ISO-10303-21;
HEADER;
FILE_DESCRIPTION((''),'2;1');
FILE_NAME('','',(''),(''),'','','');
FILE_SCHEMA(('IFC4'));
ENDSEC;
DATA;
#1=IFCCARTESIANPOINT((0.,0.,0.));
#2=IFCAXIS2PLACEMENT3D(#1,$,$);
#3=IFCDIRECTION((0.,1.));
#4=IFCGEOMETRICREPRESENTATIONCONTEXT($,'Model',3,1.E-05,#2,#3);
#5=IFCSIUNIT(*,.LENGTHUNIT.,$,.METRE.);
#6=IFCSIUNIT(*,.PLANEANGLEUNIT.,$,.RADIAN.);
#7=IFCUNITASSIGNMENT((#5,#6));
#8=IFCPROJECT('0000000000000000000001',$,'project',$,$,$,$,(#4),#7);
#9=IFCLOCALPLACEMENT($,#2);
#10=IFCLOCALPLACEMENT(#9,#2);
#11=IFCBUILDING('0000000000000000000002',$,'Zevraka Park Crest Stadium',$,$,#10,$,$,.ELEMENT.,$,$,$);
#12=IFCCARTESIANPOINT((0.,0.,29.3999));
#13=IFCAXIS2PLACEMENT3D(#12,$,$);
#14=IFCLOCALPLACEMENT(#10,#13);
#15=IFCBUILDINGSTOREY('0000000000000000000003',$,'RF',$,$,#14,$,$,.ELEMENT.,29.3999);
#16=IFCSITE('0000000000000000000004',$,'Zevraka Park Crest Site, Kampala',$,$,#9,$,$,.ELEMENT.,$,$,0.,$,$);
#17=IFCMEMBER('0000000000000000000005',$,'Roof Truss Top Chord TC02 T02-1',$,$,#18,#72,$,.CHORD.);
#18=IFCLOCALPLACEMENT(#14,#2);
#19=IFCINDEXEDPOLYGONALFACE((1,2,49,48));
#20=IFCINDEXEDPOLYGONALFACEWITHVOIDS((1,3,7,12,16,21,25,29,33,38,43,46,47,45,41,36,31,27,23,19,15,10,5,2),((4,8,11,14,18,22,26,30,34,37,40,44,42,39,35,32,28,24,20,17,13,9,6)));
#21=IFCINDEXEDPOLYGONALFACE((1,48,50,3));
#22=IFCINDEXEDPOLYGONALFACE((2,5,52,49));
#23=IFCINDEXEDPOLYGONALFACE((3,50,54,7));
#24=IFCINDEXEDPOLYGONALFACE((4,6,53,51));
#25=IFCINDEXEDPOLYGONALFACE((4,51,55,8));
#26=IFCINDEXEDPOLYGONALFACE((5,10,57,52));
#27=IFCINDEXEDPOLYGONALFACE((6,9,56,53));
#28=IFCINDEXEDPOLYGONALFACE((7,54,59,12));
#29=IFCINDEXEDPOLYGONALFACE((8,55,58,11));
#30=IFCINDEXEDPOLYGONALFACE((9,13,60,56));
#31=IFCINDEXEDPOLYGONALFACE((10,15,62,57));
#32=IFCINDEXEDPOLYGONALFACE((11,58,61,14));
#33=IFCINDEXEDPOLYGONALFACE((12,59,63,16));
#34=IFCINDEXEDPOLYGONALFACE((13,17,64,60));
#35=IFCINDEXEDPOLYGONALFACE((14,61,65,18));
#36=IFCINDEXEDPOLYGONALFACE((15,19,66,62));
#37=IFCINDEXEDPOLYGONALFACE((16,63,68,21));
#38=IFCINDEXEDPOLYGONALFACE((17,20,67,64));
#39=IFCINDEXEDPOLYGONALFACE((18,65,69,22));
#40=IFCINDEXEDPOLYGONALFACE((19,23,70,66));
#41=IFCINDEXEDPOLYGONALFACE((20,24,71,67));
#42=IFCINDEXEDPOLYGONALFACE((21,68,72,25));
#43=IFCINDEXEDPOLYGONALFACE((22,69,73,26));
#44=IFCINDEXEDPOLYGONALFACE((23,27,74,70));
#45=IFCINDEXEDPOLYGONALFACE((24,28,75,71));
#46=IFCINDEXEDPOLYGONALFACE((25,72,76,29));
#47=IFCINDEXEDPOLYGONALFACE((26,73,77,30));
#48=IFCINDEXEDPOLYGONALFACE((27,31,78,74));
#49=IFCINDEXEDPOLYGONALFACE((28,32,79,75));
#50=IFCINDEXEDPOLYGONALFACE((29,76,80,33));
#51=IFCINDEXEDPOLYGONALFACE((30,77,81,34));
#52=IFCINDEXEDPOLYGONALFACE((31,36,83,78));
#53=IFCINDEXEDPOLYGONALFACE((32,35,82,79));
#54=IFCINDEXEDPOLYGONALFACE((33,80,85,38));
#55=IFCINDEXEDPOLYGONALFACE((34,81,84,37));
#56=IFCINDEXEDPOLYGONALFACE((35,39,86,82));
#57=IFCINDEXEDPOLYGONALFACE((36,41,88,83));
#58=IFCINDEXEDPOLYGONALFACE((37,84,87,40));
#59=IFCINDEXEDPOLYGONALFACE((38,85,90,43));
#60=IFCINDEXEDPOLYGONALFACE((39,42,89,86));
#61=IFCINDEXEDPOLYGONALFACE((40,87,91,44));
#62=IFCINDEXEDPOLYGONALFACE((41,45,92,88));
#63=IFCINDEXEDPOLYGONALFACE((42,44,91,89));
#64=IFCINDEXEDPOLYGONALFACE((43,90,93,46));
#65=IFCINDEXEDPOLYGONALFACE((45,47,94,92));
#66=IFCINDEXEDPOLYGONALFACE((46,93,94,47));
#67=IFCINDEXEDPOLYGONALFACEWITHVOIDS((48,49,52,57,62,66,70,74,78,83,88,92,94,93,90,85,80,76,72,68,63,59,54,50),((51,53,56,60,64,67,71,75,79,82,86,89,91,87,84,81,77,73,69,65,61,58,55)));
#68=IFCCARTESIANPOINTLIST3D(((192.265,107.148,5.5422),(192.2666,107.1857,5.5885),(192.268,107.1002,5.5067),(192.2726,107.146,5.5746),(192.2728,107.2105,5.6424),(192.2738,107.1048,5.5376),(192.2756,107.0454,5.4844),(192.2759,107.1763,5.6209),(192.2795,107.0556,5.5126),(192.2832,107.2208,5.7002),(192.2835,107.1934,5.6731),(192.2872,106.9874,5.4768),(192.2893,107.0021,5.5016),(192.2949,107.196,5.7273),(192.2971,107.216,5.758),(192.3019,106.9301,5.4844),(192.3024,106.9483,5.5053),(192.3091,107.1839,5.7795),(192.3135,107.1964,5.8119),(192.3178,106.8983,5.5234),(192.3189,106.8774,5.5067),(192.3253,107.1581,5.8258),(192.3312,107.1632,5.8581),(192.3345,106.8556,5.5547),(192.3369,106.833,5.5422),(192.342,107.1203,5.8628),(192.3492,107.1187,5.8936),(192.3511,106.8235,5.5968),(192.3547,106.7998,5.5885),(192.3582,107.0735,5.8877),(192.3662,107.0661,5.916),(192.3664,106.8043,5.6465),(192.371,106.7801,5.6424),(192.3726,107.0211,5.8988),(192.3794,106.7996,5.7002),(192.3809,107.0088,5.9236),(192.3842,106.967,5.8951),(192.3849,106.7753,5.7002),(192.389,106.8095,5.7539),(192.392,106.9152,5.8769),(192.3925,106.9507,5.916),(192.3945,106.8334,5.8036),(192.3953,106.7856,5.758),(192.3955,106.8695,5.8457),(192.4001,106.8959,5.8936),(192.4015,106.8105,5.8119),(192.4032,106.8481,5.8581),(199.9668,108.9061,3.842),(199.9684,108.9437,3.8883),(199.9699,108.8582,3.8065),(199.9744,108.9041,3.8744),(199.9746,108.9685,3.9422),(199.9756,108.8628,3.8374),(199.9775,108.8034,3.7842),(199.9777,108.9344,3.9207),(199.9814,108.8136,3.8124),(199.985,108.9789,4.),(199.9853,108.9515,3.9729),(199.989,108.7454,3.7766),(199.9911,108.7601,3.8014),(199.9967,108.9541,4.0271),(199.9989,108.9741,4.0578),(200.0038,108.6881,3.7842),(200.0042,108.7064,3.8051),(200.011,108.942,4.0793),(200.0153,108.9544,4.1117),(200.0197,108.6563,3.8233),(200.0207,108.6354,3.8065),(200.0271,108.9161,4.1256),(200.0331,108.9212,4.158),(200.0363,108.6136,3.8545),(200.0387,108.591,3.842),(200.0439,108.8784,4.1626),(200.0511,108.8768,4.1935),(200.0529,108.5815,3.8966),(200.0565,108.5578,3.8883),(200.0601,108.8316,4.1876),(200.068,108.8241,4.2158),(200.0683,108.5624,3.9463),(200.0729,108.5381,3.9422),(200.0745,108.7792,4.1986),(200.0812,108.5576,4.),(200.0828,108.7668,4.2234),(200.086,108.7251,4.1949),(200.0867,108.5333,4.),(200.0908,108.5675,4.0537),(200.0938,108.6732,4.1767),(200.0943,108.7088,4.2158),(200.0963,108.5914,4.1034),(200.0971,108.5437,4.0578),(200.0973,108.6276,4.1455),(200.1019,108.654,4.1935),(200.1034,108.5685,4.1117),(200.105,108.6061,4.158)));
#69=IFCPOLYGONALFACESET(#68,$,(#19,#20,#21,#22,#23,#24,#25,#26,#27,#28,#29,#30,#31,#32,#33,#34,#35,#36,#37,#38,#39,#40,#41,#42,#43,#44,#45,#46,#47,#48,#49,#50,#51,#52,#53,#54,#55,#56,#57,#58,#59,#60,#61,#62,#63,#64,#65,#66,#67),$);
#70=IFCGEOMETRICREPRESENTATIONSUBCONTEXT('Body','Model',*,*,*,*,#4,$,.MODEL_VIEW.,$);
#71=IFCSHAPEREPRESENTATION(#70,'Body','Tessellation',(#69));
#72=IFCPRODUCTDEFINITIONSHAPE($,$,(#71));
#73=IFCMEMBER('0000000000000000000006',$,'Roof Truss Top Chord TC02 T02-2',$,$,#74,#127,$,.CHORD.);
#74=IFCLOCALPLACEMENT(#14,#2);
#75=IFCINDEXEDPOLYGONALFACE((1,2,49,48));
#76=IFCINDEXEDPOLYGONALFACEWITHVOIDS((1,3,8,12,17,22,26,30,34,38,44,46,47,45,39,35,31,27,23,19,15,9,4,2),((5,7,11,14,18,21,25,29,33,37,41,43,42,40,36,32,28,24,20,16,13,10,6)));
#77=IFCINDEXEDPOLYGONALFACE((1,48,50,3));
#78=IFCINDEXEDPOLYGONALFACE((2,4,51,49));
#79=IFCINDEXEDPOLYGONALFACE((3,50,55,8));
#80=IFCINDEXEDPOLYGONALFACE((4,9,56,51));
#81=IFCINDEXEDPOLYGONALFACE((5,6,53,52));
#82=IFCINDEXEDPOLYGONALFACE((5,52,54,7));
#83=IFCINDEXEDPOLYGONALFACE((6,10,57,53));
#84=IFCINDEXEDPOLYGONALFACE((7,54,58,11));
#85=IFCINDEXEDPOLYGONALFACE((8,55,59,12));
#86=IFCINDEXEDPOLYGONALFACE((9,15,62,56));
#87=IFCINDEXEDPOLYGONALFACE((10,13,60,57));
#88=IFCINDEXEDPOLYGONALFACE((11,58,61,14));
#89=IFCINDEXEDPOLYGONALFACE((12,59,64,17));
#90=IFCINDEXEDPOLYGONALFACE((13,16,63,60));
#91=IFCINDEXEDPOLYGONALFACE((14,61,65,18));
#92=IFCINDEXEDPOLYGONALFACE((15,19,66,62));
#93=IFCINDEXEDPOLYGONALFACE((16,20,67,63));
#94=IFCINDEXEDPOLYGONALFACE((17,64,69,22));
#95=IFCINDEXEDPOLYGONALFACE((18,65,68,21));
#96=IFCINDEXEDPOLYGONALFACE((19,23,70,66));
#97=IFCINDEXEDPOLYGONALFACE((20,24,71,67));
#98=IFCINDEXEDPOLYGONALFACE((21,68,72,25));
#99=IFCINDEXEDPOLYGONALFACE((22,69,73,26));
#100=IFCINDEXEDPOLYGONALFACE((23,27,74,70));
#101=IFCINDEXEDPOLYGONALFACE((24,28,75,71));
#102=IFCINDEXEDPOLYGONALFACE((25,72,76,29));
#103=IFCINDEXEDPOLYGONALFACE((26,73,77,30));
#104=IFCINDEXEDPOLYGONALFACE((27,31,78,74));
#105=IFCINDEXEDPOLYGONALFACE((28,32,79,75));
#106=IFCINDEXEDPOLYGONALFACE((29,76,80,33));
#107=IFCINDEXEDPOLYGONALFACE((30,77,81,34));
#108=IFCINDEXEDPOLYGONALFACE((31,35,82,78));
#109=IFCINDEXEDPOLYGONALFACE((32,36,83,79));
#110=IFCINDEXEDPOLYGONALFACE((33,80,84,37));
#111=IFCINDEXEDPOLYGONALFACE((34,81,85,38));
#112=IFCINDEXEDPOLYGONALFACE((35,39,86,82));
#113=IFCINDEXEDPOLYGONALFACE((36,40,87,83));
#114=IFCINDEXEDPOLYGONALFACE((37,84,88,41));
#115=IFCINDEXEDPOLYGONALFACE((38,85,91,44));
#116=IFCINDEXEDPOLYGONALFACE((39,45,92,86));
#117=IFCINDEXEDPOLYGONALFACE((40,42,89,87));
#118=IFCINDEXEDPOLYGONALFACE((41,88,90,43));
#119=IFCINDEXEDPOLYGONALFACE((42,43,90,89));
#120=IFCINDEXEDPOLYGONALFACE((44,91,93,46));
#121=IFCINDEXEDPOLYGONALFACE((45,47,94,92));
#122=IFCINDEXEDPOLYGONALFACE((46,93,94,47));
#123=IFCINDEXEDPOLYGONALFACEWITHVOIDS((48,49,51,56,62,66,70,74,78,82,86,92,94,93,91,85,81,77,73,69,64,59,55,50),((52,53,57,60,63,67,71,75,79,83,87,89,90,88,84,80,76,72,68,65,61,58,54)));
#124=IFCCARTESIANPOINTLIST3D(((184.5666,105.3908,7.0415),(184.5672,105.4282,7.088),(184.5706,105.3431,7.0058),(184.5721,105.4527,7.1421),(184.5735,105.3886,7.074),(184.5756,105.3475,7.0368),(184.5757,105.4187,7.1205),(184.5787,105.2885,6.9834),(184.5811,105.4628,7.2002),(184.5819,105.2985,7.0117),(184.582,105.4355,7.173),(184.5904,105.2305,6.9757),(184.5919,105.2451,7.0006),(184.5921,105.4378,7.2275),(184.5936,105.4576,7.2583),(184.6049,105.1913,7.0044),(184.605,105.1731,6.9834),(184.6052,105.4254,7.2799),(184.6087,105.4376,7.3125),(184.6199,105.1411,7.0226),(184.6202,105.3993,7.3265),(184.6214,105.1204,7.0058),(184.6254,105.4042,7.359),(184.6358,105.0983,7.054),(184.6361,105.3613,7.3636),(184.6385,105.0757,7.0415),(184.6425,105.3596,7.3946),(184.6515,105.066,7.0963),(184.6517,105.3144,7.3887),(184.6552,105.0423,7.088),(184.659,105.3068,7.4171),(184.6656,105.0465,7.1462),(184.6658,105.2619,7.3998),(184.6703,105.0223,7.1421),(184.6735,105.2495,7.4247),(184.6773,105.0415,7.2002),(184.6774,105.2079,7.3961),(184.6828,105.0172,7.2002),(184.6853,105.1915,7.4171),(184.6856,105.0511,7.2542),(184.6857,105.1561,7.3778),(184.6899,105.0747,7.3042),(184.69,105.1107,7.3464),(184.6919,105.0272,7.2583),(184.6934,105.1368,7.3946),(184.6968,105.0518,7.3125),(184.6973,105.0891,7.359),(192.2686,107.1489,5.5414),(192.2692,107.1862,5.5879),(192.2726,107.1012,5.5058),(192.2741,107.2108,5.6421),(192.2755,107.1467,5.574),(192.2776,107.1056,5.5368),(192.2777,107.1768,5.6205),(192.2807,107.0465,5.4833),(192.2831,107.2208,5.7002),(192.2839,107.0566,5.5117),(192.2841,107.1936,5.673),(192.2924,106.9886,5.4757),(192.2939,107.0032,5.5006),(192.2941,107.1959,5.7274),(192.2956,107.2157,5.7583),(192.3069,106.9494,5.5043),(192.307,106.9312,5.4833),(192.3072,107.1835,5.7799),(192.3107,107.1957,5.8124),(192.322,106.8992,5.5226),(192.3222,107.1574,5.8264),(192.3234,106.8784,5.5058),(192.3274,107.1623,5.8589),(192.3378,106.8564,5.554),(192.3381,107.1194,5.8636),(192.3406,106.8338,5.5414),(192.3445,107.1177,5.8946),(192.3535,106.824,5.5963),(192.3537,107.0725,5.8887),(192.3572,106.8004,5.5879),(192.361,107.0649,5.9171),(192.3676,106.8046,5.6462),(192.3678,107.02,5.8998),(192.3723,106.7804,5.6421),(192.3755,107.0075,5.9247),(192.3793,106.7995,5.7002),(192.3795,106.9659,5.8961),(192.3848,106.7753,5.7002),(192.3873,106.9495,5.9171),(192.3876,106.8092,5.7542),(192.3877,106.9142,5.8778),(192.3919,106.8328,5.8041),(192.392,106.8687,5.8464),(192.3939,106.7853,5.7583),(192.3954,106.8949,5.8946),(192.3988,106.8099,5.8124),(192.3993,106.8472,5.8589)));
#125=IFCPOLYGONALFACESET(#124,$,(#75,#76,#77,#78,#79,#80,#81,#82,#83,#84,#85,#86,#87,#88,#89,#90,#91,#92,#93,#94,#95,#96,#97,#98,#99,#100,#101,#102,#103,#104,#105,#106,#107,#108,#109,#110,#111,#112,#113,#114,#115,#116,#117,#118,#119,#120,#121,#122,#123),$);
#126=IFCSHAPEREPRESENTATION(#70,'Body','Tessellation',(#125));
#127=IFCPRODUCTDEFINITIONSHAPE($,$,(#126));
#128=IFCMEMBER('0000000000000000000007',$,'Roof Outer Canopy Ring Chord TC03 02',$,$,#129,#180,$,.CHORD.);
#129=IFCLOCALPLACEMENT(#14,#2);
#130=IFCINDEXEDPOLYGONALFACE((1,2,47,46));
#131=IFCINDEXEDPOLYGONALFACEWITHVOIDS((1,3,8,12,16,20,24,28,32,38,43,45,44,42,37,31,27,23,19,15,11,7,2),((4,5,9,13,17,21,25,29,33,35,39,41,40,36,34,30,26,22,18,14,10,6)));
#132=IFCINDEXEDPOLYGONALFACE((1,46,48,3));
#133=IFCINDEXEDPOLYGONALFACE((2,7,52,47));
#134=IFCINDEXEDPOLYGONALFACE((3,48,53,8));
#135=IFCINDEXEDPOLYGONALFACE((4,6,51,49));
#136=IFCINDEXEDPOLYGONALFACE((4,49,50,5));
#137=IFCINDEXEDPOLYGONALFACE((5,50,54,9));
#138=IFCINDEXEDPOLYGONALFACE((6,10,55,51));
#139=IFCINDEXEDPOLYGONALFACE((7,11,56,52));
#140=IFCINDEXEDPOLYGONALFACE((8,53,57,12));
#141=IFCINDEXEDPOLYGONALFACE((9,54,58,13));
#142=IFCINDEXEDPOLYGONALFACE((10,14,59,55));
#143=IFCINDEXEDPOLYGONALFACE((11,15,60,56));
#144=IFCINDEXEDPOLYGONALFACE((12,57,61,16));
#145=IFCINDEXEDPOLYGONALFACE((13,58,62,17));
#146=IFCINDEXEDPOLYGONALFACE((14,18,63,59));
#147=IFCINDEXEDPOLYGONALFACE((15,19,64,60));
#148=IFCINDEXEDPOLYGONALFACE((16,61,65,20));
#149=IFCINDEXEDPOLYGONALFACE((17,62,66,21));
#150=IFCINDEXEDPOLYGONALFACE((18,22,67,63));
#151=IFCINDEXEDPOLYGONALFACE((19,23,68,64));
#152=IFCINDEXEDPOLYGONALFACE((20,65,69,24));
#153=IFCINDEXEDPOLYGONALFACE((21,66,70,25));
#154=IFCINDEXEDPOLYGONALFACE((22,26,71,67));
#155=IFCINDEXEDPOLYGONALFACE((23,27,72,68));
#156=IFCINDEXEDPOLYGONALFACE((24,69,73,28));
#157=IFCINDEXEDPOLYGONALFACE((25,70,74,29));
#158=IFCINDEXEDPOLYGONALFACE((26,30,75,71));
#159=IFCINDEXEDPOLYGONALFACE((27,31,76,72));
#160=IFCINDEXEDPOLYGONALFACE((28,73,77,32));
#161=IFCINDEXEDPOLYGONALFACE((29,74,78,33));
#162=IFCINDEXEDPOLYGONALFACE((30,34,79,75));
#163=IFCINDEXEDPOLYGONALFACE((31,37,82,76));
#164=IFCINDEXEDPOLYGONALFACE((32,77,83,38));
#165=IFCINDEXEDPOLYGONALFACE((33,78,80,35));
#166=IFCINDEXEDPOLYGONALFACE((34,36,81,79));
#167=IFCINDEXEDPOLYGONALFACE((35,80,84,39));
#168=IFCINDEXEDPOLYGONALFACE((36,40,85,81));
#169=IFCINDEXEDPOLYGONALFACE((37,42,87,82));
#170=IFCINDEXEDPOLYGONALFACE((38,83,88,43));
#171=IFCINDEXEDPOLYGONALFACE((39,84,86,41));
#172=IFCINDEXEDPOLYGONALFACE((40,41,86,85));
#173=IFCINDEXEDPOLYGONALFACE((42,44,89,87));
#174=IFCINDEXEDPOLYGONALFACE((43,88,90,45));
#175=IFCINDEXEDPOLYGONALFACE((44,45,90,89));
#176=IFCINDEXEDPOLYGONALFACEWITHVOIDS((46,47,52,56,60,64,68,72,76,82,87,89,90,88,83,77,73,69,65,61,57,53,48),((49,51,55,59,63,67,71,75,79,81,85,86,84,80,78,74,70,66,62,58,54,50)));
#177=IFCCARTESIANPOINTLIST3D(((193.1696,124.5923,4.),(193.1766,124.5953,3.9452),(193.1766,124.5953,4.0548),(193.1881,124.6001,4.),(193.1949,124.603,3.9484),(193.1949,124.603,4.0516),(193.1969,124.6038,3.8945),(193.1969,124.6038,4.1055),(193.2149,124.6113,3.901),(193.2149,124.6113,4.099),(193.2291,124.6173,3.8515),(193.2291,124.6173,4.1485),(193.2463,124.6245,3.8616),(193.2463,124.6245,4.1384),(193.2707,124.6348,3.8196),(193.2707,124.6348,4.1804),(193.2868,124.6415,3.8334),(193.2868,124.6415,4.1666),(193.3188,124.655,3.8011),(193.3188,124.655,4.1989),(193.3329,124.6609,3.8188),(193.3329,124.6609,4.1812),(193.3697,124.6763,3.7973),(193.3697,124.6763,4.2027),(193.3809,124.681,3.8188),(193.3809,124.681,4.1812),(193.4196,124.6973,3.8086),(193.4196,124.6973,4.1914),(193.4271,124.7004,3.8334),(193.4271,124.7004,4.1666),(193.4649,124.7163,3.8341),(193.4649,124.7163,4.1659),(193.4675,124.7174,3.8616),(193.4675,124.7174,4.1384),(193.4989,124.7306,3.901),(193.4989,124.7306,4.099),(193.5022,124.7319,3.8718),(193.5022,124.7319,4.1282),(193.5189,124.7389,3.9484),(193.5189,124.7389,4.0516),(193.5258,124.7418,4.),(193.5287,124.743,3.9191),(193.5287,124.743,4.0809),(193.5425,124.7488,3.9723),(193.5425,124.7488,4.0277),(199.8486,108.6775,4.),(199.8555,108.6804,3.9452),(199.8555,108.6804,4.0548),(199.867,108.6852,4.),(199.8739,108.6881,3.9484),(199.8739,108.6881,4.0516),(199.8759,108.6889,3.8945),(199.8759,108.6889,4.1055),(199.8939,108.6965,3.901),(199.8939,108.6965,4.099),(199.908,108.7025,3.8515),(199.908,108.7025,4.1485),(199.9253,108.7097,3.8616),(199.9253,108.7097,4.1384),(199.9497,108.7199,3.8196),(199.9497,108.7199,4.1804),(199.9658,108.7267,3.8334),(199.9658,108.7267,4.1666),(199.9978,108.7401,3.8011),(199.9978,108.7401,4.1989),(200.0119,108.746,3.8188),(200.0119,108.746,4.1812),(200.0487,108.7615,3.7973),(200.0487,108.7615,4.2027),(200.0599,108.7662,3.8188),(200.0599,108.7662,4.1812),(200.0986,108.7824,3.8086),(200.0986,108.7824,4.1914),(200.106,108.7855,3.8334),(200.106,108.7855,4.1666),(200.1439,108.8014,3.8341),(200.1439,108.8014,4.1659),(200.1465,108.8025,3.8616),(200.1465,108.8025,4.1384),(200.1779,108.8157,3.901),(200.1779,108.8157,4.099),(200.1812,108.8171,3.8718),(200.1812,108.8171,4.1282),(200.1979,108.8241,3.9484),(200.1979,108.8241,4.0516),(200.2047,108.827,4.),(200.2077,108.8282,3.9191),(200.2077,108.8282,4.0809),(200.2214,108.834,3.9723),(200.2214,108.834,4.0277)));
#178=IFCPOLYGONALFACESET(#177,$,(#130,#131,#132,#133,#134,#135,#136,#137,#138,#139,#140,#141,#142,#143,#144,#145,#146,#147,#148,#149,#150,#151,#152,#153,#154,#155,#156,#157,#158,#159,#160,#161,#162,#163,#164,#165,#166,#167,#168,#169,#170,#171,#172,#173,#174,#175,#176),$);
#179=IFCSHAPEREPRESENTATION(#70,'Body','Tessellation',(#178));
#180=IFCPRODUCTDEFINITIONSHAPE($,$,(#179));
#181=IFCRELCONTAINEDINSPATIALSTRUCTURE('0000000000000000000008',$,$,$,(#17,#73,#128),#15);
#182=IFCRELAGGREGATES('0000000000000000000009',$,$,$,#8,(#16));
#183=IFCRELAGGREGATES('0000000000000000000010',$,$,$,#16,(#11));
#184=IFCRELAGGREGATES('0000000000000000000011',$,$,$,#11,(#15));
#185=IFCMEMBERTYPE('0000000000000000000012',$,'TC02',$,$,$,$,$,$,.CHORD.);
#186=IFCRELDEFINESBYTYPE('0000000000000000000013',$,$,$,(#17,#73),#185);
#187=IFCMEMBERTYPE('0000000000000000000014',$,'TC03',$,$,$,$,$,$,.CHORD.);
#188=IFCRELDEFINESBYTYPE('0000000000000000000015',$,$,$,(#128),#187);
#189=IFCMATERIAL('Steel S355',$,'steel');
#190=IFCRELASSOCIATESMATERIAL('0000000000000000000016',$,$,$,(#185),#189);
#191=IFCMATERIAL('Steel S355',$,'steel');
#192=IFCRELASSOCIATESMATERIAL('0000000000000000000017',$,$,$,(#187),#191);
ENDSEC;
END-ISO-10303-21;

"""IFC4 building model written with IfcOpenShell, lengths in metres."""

from ifc_helpers import new_model, si_unit, direction, frame, origin, origin_2d, place, context, subcontext, project, spatial, hollow_circle, extrude, material, material_profile, profile_set, type_object, element, save


model = new_model("IFC4")

# Units and contexts
model_context = context("Model", 3, precision=1e-05, world=origin(), true_north=direction((0.0, 1.0)))
body_context = subcontext(model_context, "Body", "Model", "MODEL_VIEW")
ifc_project = project(units=[si_unit("LENGTHUNIT", "METRE"), si_unit("PLANEANGLEUNIT", "RADIAN")], contexts=[model_context])

# Site, building, storey
site_placement = place(None, origin())
site = spatial("IfcSite", under=ifc_project, at=site_placement, Name="Zevraka Park Crest Site, Kampala", CompositionType="ELEMENT", RefElevation=0.0)
building_placement = place(site_placement, origin())
building = spatial("IfcBuilding", under=site, at=building_placement, Name="Zevraka Park Crest Stadium", CompositionType="ELEMENT")
storey_placement = place(building_placement, frame((0.0, 0.0, 29.3999)))
storey = spatial("IfcBuildingStorey", under=building, at=storey_placement, Name="RF", CompositionType="ELEMENT", Elevation=29.3999)

# Members
ifc_material_1 = material(Name="Steel S355", Category="steel")
ifc_material_profile_1 = material_profile(ifc_material_1, hollow_circle(Radius=0.2285, WallThickness=0.0249, at=origin_2d()), Name="CHS 457.0x25")
ifc_profile_set_1 = profile_set([ifc_material_profile_1], Name="Steel S355")
member_type_1 = type_object("IfcMemberType", Name="TC02", PredefinedType="CHORD", material=ifc_profile_set_1)
member_1_placement = place(storey_placement, frame((200.0359, 108.7561, 4.0), z_axis=(-0.953101, -0.217557, 0.210397), x_axis=(0.222539, -0.974924, 0.0)))
element("IfcMember", 1, at=member_1_placement, inside=storey, type_object=member_type_1, Name="Roof Truss Top Chord TC02 T02-1", PredefinedType="CHORD", context=body_context, shape_type="SweptSolid", body=[
    extrude(hollow_circle(Radius=0.2285, WallThickness=0.0249, at=origin_2d()), origin(), (0.0, 0.0, 1.0), 8.0808),
])
member_2_placement = place(storey_placement, frame((192.334, 106.998, 5.7002), z_axis=(-0.957811, -0.218632, 0.18654), x_axis=(0.222539, -0.974924, 0.0)))
element("IfcMember", 2, at=member_2_placement, inside=storey, type_object=member_type_1, Name="Roof Truss Top Chord TC02 T02-2", PredefinedType="CHORD", context=body_context, shape_type="SweptSolid", body=[
    extrude(hollow_circle(Radius=0.2285, WallThickness=0.0249, at=origin_2d()), origin(), (0.0, 0.0, 1.0), 8.0413),
])
ifc_material_2 = material(Name="Steel S355", Category="steel")
ifc_material_profile_2 = material_profile(ifc_material_2, hollow_circle(Radius=0.2031, WallThickness=0.02, at=origin_2d()), Name="CHS 406.4x20")
ifc_profile_set_2 = profile_set([ifc_material_profile_2], Name="Steel S355")
member_type_2 = type_object("IfcMemberType", Name="TC03", PredefinedType="CHORD", material=ifc_profile_set_2)
member_3_placement = place(storey_placement, frame((200.0359, 108.7561, 4.0), z_axis=(-0.386973, 0.922091, 0.0), x_axis=(-0.922091, -0.386973, 0.0)))
element("IfcMember", 3, at=member_3_placement, inside=storey, type_object=member_type_2, Name="Roof Outer Canopy Ring Chord TC03 02", PredefinedType="CHORD", context=body_context, shape_type="SweptSolid", body=[
    extrude(hollow_circle(Radius=0.2031, WallThickness=0.02, at=origin_2d()), origin(), (0.0, 0.0, 1.0), 17.2595),
])

save(model, "model.ifc")
